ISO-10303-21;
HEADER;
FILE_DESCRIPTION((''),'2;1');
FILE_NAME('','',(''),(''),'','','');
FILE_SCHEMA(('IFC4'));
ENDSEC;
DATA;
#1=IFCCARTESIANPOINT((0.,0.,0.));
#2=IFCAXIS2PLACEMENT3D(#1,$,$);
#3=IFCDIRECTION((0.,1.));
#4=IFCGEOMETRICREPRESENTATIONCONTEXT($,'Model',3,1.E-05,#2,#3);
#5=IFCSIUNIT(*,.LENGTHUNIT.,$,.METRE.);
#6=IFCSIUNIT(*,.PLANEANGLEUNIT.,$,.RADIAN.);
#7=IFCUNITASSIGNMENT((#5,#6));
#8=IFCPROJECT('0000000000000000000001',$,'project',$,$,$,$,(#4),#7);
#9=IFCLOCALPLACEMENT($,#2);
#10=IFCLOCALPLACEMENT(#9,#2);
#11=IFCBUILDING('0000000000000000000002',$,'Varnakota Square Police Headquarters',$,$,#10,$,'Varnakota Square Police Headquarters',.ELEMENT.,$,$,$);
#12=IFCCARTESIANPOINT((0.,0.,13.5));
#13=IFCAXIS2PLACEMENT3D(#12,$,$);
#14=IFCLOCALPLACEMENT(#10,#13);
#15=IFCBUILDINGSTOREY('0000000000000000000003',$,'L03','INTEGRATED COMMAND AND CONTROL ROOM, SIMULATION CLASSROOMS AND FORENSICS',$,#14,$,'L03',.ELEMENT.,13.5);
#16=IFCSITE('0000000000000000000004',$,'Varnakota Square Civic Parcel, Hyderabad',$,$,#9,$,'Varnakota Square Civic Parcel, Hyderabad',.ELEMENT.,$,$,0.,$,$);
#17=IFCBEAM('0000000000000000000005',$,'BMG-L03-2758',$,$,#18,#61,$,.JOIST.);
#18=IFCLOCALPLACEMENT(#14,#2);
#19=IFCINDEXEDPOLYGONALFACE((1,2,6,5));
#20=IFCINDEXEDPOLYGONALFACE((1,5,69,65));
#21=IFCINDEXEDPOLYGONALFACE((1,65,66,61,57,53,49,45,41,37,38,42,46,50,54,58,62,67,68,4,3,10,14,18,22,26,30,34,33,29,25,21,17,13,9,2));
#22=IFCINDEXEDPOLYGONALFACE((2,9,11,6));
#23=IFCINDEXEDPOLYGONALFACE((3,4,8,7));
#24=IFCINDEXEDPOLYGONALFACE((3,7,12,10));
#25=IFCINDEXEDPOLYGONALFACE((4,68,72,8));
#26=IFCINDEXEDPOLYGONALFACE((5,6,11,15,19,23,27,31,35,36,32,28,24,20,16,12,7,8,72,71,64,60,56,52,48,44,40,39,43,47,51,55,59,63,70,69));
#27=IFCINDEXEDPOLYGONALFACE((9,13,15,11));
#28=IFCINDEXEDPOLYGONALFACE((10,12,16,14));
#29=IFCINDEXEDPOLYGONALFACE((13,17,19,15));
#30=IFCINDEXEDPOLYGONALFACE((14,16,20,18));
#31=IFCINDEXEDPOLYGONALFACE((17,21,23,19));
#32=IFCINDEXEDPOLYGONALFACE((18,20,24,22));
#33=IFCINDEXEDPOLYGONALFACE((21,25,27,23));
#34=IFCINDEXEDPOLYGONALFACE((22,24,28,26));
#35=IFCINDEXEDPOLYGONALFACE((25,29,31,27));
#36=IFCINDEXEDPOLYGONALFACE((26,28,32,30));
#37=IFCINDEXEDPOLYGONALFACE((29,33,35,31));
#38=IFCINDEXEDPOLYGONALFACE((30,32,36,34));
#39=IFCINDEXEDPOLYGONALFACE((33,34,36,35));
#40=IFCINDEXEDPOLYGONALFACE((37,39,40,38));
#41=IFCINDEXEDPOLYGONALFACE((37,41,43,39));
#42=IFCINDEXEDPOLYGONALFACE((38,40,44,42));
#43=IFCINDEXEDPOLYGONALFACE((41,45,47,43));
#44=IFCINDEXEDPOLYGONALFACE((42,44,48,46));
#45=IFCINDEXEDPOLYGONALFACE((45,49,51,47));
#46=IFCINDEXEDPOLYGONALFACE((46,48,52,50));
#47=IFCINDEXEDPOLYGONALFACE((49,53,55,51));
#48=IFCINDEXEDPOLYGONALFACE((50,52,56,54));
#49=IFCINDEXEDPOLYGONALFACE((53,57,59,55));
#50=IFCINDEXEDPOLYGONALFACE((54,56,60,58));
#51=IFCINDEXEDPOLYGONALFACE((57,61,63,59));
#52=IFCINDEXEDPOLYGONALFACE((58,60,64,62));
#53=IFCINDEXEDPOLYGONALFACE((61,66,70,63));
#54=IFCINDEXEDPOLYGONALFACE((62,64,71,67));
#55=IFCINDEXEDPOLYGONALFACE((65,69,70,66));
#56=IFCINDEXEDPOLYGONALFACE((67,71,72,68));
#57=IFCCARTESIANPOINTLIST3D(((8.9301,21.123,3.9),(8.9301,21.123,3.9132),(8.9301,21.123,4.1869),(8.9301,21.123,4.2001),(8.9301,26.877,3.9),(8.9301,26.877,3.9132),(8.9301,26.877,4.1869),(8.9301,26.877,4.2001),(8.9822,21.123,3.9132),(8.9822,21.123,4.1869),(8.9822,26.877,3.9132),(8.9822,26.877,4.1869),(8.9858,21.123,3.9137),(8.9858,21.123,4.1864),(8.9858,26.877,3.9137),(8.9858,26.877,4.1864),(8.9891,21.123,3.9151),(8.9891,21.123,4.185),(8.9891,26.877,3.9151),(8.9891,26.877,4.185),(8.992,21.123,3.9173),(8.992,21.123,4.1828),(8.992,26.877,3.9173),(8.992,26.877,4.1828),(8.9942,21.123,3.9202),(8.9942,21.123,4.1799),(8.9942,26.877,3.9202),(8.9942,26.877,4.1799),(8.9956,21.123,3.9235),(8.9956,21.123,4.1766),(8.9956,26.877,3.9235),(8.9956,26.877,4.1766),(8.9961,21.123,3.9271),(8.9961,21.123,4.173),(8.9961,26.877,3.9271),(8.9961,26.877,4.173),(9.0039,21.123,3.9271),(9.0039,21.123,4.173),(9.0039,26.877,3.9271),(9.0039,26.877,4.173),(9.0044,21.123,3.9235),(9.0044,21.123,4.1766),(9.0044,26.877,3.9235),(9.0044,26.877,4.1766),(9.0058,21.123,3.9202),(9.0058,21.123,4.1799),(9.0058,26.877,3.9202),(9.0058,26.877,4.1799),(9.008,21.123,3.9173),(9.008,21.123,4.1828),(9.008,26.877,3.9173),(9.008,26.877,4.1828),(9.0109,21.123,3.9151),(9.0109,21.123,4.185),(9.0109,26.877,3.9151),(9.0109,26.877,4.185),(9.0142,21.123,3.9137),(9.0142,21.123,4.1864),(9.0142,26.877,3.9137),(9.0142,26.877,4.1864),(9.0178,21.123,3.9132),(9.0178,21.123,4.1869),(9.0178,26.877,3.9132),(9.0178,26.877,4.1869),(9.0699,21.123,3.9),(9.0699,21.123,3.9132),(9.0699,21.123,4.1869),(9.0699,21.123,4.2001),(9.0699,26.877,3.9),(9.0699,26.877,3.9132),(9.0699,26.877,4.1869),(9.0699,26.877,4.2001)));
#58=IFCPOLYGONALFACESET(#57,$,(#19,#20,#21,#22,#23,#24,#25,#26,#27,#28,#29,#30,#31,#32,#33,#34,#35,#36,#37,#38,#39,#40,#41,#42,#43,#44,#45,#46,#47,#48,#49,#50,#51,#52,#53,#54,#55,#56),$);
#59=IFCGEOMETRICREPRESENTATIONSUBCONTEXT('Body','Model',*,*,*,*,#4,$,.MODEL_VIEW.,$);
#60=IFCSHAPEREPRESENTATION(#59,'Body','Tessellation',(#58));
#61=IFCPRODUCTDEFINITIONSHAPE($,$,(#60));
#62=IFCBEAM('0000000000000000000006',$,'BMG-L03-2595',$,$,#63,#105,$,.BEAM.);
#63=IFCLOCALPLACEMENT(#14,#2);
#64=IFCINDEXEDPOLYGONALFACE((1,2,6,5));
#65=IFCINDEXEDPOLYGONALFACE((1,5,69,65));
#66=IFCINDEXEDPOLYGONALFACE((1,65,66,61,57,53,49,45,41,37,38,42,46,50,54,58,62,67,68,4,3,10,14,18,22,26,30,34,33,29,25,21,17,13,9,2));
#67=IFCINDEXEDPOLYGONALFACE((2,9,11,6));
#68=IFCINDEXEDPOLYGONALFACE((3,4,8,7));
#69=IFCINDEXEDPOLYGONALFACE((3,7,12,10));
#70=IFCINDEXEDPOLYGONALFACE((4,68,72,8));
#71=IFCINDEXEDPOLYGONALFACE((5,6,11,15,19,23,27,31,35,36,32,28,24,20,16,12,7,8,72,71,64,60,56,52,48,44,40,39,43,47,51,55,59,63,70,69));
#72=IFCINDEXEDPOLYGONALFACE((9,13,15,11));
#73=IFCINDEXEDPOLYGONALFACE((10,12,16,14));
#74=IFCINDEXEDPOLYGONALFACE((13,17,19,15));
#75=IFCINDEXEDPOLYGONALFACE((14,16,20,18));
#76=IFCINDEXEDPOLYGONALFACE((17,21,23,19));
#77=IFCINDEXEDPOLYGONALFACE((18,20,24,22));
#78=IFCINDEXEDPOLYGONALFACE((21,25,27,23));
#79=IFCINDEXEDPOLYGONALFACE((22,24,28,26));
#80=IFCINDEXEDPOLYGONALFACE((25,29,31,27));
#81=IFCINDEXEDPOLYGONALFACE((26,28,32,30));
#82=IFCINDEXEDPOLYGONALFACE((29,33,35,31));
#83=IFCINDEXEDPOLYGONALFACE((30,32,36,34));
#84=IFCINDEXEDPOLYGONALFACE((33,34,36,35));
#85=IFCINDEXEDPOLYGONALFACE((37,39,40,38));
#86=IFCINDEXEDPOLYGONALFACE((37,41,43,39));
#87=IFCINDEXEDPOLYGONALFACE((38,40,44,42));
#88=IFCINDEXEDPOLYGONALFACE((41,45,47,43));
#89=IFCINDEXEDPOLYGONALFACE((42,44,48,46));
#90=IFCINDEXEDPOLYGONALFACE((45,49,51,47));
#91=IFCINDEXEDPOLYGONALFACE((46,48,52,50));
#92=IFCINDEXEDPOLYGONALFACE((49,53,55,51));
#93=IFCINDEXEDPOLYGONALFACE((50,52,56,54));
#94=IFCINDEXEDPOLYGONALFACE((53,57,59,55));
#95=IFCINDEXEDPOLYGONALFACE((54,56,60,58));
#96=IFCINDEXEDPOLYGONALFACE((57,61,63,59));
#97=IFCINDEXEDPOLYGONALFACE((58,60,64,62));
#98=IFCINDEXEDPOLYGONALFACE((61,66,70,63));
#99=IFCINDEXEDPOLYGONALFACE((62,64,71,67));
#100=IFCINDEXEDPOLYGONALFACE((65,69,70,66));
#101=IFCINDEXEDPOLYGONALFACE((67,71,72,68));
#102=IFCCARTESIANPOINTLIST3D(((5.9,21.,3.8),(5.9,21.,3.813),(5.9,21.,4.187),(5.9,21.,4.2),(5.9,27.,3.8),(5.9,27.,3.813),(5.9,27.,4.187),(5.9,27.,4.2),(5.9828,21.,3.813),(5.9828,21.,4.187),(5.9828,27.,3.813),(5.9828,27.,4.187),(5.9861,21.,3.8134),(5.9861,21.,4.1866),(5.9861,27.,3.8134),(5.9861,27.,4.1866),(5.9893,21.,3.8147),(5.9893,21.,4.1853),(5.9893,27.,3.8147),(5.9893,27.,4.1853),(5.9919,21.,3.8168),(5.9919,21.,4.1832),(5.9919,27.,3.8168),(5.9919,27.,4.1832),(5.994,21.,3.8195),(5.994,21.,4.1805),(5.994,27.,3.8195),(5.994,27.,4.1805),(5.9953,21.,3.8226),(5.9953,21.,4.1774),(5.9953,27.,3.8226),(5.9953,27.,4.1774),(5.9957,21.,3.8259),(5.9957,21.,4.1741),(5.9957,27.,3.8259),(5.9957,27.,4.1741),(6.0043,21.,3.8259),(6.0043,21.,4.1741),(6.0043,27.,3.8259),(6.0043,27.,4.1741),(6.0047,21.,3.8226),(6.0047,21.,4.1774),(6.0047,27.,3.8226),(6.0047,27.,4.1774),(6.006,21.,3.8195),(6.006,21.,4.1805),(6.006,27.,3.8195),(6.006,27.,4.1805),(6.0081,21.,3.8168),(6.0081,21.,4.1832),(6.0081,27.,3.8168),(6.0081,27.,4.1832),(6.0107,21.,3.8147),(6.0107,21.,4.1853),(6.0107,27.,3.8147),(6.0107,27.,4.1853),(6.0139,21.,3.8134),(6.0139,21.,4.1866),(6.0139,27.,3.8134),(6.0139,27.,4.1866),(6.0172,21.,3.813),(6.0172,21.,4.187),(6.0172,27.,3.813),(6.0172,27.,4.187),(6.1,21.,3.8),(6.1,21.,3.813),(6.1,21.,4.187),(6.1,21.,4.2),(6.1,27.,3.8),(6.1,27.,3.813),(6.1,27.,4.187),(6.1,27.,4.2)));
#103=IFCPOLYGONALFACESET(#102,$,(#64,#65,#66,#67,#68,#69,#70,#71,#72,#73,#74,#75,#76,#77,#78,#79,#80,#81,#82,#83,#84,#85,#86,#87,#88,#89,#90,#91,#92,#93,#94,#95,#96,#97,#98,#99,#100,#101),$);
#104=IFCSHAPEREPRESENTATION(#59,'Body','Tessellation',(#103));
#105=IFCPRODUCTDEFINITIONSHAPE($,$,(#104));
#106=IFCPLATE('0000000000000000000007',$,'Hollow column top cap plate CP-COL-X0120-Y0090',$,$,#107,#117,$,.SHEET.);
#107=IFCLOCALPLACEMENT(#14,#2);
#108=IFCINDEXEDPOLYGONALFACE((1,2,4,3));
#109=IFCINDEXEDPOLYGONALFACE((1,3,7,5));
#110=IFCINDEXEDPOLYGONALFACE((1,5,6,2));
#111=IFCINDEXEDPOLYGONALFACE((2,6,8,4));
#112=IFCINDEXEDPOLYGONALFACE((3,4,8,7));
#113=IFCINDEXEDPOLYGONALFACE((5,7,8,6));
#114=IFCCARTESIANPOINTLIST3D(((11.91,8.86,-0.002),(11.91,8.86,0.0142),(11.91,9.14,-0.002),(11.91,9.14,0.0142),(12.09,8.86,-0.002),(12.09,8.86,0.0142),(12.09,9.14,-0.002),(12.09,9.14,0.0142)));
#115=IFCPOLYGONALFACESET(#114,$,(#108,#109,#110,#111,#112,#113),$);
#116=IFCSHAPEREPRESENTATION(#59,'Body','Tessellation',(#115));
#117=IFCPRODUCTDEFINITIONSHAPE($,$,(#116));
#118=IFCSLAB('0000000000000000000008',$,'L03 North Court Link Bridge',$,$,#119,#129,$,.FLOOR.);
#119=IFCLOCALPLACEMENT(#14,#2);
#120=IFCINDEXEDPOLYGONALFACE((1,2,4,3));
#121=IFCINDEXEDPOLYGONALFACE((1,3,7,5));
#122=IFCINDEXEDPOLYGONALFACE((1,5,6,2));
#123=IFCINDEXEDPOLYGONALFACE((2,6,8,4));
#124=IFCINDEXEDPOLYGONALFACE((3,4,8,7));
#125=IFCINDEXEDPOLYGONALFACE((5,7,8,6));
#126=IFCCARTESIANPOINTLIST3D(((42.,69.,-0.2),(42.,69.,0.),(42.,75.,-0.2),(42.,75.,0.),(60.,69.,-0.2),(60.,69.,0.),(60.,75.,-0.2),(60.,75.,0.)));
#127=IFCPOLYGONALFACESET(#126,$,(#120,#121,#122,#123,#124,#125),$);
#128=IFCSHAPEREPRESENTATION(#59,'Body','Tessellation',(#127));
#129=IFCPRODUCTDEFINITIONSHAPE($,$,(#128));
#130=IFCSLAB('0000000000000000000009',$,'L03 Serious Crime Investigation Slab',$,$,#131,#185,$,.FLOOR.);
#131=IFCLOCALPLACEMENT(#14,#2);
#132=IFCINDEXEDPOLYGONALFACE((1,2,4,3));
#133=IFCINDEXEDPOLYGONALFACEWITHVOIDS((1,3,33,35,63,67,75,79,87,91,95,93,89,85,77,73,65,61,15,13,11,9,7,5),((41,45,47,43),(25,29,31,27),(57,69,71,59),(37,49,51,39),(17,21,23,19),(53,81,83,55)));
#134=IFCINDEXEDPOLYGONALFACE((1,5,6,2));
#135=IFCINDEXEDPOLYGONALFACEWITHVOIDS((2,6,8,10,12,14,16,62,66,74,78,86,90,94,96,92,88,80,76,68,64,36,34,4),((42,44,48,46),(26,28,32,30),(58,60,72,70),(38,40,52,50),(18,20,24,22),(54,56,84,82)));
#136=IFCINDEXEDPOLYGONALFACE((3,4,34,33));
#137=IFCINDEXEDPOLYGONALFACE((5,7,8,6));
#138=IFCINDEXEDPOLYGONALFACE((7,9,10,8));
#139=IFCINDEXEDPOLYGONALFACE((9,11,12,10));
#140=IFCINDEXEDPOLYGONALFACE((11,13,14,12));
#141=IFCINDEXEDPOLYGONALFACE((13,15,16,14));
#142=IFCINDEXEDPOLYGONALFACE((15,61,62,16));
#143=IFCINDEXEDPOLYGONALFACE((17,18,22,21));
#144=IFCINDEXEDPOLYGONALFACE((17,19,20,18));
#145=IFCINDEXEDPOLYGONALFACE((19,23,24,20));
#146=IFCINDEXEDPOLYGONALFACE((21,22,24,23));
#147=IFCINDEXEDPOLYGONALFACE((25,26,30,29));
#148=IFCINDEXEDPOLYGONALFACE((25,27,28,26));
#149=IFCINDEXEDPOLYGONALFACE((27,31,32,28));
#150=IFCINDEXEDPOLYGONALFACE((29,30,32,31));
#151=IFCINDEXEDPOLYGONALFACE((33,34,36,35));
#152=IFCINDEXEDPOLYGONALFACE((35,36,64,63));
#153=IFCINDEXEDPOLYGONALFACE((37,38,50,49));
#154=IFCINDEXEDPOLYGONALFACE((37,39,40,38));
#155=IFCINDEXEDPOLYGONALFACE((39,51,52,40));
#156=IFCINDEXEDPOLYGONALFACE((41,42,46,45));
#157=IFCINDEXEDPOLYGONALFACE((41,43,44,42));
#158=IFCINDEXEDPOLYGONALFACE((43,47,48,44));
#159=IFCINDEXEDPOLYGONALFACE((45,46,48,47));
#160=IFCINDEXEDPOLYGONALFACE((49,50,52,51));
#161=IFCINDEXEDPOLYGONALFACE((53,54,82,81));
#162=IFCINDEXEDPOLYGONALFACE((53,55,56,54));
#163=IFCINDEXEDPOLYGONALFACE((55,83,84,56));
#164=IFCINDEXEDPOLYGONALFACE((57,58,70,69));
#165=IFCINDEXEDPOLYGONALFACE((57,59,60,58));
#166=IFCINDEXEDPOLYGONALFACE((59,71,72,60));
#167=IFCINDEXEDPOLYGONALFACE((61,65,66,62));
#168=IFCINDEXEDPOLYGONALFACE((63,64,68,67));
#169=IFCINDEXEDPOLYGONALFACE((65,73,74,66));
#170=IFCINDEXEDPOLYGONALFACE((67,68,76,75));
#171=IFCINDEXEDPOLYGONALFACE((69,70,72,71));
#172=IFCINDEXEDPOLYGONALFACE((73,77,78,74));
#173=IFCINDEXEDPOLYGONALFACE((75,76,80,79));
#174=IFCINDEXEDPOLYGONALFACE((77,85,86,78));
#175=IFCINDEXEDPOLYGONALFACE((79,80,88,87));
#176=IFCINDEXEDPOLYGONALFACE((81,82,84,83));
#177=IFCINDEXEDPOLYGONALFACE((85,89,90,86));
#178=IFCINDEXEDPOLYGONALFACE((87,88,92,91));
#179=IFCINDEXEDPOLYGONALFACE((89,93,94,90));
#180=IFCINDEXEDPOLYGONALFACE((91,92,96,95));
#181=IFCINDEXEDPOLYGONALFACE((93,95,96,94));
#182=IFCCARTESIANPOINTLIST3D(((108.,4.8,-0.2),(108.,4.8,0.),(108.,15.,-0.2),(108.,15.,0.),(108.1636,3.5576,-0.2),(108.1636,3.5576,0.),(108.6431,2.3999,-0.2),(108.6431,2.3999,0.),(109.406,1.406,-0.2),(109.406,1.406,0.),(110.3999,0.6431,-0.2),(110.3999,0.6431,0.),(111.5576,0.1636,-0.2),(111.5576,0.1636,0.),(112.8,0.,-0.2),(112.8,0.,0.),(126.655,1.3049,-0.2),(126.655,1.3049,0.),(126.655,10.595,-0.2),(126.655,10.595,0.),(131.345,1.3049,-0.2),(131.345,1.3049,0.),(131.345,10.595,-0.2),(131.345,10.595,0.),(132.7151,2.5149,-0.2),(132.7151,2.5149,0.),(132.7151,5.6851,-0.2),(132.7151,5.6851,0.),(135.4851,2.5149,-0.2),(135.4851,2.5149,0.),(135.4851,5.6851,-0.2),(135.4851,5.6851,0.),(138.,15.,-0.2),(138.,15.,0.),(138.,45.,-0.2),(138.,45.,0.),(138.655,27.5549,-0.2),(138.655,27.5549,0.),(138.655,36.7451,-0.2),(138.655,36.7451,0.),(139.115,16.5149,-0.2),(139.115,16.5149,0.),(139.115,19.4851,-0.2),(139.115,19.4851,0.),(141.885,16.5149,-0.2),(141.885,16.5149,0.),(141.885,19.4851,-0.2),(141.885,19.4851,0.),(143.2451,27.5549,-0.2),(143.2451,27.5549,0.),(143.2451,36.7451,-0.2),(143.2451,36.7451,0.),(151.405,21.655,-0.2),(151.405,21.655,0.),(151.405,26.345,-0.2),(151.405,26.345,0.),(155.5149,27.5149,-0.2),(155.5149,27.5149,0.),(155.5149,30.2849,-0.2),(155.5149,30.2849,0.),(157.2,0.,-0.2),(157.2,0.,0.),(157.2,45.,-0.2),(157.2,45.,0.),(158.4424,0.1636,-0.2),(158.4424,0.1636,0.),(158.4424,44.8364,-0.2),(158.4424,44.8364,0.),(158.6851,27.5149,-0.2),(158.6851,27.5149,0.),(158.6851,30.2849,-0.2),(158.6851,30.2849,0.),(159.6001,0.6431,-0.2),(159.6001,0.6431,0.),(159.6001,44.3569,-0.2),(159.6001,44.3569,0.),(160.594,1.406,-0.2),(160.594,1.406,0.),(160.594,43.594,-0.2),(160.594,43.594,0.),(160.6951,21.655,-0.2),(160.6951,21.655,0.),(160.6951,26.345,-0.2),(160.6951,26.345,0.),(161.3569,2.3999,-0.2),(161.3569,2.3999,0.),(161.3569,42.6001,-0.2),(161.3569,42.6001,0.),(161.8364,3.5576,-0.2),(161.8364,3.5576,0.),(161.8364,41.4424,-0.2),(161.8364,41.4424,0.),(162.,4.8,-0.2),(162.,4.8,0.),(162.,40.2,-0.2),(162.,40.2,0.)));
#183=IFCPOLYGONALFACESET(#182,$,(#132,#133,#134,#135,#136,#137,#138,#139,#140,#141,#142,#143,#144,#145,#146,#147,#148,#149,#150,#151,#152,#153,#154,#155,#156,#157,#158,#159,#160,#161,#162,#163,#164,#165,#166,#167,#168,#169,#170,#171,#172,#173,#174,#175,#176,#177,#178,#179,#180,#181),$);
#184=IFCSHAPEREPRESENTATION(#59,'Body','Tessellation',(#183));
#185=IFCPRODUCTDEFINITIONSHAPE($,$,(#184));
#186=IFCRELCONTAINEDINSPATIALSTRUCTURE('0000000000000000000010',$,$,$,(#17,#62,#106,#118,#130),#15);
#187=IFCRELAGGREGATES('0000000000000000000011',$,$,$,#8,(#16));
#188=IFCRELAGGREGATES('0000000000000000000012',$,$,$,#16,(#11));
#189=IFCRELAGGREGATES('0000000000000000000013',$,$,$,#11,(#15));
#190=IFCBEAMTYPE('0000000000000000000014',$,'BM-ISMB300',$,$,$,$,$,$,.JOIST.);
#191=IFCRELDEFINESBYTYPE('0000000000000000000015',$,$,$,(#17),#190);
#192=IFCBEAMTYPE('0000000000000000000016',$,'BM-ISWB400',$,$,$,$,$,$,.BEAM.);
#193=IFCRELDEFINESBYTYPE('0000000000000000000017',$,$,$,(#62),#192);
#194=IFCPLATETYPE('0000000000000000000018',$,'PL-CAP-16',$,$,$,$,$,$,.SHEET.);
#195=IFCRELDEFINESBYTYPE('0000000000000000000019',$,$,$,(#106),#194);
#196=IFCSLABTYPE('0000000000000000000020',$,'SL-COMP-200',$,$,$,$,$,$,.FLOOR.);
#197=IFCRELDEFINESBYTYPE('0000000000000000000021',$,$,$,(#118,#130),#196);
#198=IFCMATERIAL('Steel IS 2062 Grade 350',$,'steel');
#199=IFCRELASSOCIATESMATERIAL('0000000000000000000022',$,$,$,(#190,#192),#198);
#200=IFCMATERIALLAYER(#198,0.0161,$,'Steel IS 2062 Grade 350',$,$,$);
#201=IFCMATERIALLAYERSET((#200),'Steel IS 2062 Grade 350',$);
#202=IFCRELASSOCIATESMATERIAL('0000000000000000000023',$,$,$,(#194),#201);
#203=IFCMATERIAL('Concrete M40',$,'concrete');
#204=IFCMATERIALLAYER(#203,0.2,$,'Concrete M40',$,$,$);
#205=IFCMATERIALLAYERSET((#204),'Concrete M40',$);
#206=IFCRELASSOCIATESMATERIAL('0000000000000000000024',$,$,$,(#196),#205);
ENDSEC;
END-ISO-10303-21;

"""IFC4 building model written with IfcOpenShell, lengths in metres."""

from ifc_helpers import new_model, si_unit, direction, frame, origin, origin_2d, place, context, subcontext, project, spatial, polyline, rectangle, i_section, outline, extrude, material, layer, layer_set, material_profile, profile_set, type_object, element, save


model = new_model("IFC4")

# Units and contexts
model_context = context("Model", 3, precision=1e-05, world=origin(), true_north=direction((0.0, 1.0)))
body_context = subcontext(model_context, "Body", "Model", "MODEL_VIEW")
ifc_project = project(units=[si_unit("LENGTHUNIT", "METRE"), si_unit("PLANEANGLEUNIT", "RADIAN")], contexts=[model_context])

# Site, building, storey
site_placement = place(None, origin())
site = spatial("IfcSite", under=ifc_project, at=site_placement, Name="Varnakota Square Civic Parcel, Hyderabad", LongName="Varnakota Square Civic Parcel, Hyderabad", CompositionType="ELEMENT", RefElevation=0.0)
building_placement = place(site_placement, origin())
building = spatial("IfcBuilding", under=site, at=building_placement, Name="Varnakota Square Police Headquarters", LongName="Varnakota Square Police Headquarters", CompositionType="ELEMENT")
storey_placement = place(building_placement, frame((0.0, 0.0, 13.5)))
storey = spatial("IfcBuildingStorey", under=building, at=storey_placement, Name="L03", Description="INTEGRATED COMMAND AND CONTROL ROOM, SIMULATION CLASSROOMS AND FORENSICS", LongName="L03", CompositionType="ELEMENT", Elevation=13.5)

# Shared definitions
ifc_material_1 = material(Name="Steel IS 2062 Grade 350", Category="steel")

# Beams
ifc_material_profile_1 = material_profile(ifc_material_1, i_section(OverallWidth=0.1399, OverallDepth=0.3, WebThickness=0.0078, FlangeThickness=0.0132, FilletRadius=0.0139, at=origin_2d()), Name="ISMB 300")
ifc_profile_set_1 = profile_set([ifc_material_profile_1], Name="Steel IS 2062 Grade 350")
beam_type_1 = type_object("IfcBeamType", Name="BM-ISMB300", PredefinedType="JOIST", material=ifc_profile_set_1)
beam_1_placement = place(storey_placement, frame((9.0, 21.123, 4.05), z_axis=(0.0, 1.0, 0.0), x_axis=(-1.0, 0.0, 0.0)))
element("IfcBeam", 1, at=beam_1_placement, inside=storey, type_object=beam_type_1, Name="BMG-L03-2758", PredefinedType="JOIST", context=body_context, shape_type="SweptSolid", body=[
    extrude(i_section(OverallWidth=0.1399, OverallDepth=0.3, WebThickness=0.0078, FlangeThickness=0.0132, FilletRadius=0.0139, at=origin_2d()), origin(), (0.0, 0.0, 1.0), 5.7539),
])
ifc_material_profile_2 = material_profile(ifc_material_1, i_section(OverallWidth=0.2, OverallDepth=0.3999, WebThickness=0.0085, FlangeThickness=0.0129, FilletRadius=0.0129, at=origin_2d()), Name="ISWB 400")
ifc_profile_set_2 = profile_set([ifc_material_profile_2], Name="Steel IS 2062 Grade 350")
beam_type_2 = type_object("IfcBeamType", Name="BM-ISWB400", PredefinedType="BEAM", material=ifc_profile_set_2)
beam_2_placement = place(storey_placement, frame((6.0, 21.0, 4.0), z_axis=(0.0, 1.0, 0.0), x_axis=(-1.0, 0.0, 0.0)))
element("IfcBeam", 2, at=beam_2_placement, inside=storey, type_object=beam_type_2, Name="BMG-L03-2595", PredefinedType="BEAM", context=body_context, shape_type="SweptSolid", body=[
    extrude(i_section(OverallWidth=0.2, OverallDepth=0.3999, WebThickness=0.0085, FlangeThickness=0.0129, FilletRadius=0.0129, at=origin_2d()), origin(), (0.0, 0.0, 1.0), 6.0),
])

# Plate
ifc_layer_1 = layer(ifc_material_1, 0.0161, Name="Steel IS 2062 Grade 350")
ifc_layer_set_1 = layer_set([ifc_layer_1], Name="Steel IS 2062 Grade 350")
plate_type = type_object("IfcPlateType", Name="PL-CAP-16", PredefinedType="SHEET", material=ifc_layer_set_1)
plate_placement = place(storey_placement, frame((12.0, 9.0, -0.002), z_axis=(0.0, 0.0, 1.0), x_axis=(1.0, 0.0, 0.0)))
element("IfcPlate", 3, at=plate_placement, inside=storey, type_object=plate_type, Name="Hollow column top cap plate CP-COL-X0120-Y0090", PredefinedType="SHEET", context=body_context, shape_type="SweptSolid", body=[
    extrude(rectangle(XDim=0.1799, YDim=0.28, at=origin_2d()), origin(), (0.0, 0.0, 1.0), 0.0161),
])

# Slabs
ifc_material_2 = material(Name="Concrete M40", Category="concrete")
ifc_layer_2 = layer(ifc_material_2, 0.2, Name="Concrete M40")
ifc_layer_set_2 = layer_set([ifc_layer_2], Name="Concrete M40")
slab_type_1 = type_object("IfcSlabType", Name="SL-COMP-200", PredefinedType="FLOOR", material=ifc_layer_set_2)
slab_1_placement = place(storey_placement, frame((0.0, 0.0, -0.2)))
element("IfcSlab", 4, at=slab_1_placement, inside=storey, type_object=slab_type_1, Name="L03 North Court Link Bridge", PredefinedType="FLOOR", context=body_context, shape_type="SweptSolid", body=[
    extrude(outline(polyline([(42.0, 69.0), (60.0, 69.0), (60.0, 75.0), (42.0, 75.0), (42.0, 69.0)])), origin(), (0.0, 0.0, 1.0), 0.2),
])
slab_2_placement = place(storey_placement, frame((0.0, 0.0, -0.2)))
element("IfcSlab", 5, at=slab_2_placement, inside=storey, type_object=slab_type_1, Name="L03 Serious Crime Investigation Slab", PredefinedType="FLOOR", context=body_context, shape_type="SweptSolid", body=[
    extrude(outline(polyline([(108.0, 4.8), (108.1636, 3.5576), (108.6431, 2.3999), (109.406, 1.406), (110.3999, 0.6431), (111.5576, 0.1636), (112.8, 0.0), (157.2, 0.0), (158.4424, 0.1636), (159.6001, 0.6431), (160.594, 1.406), (161.3569, 2.3999), (161.8364, 3.5576), (162.0, 4.8), (162.0, 40.2), (161.8364, 41.4424), (161.3569, 42.6001), (160.594, 43.594), (159.6001, 44.3569), (158.4424, 44.8364), (157.2, 45.0), (138.0, 45.0), (138.0, 15.0), (108.0, 15.0), (108.0, 4.8)]), holes=[polyline([(126.655, 1.3049), (131.345, 1.3049), (131.345, 10.595), (126.655, 10.595), (126.655, 1.3049)]), polyline([(132.7151, 2.5149), (135.4851, 2.5149), (135.4851, 5.6851), (132.7151, 5.6851), (132.7151, 2.5149)]), polyline([(151.405, 21.655), (160.6951, 21.655), (160.6951, 26.345), (151.405, 26.345), (151.405, 21.655)]), polyline([(155.5149, 27.5149), (158.6851, 27.5149), (158.6851, 30.2849), (155.5149, 30.2849), (155.5149, 27.5149)]), polyline([(138.655, 27.5549), (143.2451, 27.5549), (143.2451, 36.7451), (138.655, 36.7451), (138.655, 27.5549)]), polyline([(139.115, 16.5149), (141.885, 16.5149), (141.885, 19.4851), (139.115, 19.4851), (139.115, 16.5149)])]), origin(), (0.0, 0.0, 1.0), 0.2),
])

save(model, "model.ifc")
